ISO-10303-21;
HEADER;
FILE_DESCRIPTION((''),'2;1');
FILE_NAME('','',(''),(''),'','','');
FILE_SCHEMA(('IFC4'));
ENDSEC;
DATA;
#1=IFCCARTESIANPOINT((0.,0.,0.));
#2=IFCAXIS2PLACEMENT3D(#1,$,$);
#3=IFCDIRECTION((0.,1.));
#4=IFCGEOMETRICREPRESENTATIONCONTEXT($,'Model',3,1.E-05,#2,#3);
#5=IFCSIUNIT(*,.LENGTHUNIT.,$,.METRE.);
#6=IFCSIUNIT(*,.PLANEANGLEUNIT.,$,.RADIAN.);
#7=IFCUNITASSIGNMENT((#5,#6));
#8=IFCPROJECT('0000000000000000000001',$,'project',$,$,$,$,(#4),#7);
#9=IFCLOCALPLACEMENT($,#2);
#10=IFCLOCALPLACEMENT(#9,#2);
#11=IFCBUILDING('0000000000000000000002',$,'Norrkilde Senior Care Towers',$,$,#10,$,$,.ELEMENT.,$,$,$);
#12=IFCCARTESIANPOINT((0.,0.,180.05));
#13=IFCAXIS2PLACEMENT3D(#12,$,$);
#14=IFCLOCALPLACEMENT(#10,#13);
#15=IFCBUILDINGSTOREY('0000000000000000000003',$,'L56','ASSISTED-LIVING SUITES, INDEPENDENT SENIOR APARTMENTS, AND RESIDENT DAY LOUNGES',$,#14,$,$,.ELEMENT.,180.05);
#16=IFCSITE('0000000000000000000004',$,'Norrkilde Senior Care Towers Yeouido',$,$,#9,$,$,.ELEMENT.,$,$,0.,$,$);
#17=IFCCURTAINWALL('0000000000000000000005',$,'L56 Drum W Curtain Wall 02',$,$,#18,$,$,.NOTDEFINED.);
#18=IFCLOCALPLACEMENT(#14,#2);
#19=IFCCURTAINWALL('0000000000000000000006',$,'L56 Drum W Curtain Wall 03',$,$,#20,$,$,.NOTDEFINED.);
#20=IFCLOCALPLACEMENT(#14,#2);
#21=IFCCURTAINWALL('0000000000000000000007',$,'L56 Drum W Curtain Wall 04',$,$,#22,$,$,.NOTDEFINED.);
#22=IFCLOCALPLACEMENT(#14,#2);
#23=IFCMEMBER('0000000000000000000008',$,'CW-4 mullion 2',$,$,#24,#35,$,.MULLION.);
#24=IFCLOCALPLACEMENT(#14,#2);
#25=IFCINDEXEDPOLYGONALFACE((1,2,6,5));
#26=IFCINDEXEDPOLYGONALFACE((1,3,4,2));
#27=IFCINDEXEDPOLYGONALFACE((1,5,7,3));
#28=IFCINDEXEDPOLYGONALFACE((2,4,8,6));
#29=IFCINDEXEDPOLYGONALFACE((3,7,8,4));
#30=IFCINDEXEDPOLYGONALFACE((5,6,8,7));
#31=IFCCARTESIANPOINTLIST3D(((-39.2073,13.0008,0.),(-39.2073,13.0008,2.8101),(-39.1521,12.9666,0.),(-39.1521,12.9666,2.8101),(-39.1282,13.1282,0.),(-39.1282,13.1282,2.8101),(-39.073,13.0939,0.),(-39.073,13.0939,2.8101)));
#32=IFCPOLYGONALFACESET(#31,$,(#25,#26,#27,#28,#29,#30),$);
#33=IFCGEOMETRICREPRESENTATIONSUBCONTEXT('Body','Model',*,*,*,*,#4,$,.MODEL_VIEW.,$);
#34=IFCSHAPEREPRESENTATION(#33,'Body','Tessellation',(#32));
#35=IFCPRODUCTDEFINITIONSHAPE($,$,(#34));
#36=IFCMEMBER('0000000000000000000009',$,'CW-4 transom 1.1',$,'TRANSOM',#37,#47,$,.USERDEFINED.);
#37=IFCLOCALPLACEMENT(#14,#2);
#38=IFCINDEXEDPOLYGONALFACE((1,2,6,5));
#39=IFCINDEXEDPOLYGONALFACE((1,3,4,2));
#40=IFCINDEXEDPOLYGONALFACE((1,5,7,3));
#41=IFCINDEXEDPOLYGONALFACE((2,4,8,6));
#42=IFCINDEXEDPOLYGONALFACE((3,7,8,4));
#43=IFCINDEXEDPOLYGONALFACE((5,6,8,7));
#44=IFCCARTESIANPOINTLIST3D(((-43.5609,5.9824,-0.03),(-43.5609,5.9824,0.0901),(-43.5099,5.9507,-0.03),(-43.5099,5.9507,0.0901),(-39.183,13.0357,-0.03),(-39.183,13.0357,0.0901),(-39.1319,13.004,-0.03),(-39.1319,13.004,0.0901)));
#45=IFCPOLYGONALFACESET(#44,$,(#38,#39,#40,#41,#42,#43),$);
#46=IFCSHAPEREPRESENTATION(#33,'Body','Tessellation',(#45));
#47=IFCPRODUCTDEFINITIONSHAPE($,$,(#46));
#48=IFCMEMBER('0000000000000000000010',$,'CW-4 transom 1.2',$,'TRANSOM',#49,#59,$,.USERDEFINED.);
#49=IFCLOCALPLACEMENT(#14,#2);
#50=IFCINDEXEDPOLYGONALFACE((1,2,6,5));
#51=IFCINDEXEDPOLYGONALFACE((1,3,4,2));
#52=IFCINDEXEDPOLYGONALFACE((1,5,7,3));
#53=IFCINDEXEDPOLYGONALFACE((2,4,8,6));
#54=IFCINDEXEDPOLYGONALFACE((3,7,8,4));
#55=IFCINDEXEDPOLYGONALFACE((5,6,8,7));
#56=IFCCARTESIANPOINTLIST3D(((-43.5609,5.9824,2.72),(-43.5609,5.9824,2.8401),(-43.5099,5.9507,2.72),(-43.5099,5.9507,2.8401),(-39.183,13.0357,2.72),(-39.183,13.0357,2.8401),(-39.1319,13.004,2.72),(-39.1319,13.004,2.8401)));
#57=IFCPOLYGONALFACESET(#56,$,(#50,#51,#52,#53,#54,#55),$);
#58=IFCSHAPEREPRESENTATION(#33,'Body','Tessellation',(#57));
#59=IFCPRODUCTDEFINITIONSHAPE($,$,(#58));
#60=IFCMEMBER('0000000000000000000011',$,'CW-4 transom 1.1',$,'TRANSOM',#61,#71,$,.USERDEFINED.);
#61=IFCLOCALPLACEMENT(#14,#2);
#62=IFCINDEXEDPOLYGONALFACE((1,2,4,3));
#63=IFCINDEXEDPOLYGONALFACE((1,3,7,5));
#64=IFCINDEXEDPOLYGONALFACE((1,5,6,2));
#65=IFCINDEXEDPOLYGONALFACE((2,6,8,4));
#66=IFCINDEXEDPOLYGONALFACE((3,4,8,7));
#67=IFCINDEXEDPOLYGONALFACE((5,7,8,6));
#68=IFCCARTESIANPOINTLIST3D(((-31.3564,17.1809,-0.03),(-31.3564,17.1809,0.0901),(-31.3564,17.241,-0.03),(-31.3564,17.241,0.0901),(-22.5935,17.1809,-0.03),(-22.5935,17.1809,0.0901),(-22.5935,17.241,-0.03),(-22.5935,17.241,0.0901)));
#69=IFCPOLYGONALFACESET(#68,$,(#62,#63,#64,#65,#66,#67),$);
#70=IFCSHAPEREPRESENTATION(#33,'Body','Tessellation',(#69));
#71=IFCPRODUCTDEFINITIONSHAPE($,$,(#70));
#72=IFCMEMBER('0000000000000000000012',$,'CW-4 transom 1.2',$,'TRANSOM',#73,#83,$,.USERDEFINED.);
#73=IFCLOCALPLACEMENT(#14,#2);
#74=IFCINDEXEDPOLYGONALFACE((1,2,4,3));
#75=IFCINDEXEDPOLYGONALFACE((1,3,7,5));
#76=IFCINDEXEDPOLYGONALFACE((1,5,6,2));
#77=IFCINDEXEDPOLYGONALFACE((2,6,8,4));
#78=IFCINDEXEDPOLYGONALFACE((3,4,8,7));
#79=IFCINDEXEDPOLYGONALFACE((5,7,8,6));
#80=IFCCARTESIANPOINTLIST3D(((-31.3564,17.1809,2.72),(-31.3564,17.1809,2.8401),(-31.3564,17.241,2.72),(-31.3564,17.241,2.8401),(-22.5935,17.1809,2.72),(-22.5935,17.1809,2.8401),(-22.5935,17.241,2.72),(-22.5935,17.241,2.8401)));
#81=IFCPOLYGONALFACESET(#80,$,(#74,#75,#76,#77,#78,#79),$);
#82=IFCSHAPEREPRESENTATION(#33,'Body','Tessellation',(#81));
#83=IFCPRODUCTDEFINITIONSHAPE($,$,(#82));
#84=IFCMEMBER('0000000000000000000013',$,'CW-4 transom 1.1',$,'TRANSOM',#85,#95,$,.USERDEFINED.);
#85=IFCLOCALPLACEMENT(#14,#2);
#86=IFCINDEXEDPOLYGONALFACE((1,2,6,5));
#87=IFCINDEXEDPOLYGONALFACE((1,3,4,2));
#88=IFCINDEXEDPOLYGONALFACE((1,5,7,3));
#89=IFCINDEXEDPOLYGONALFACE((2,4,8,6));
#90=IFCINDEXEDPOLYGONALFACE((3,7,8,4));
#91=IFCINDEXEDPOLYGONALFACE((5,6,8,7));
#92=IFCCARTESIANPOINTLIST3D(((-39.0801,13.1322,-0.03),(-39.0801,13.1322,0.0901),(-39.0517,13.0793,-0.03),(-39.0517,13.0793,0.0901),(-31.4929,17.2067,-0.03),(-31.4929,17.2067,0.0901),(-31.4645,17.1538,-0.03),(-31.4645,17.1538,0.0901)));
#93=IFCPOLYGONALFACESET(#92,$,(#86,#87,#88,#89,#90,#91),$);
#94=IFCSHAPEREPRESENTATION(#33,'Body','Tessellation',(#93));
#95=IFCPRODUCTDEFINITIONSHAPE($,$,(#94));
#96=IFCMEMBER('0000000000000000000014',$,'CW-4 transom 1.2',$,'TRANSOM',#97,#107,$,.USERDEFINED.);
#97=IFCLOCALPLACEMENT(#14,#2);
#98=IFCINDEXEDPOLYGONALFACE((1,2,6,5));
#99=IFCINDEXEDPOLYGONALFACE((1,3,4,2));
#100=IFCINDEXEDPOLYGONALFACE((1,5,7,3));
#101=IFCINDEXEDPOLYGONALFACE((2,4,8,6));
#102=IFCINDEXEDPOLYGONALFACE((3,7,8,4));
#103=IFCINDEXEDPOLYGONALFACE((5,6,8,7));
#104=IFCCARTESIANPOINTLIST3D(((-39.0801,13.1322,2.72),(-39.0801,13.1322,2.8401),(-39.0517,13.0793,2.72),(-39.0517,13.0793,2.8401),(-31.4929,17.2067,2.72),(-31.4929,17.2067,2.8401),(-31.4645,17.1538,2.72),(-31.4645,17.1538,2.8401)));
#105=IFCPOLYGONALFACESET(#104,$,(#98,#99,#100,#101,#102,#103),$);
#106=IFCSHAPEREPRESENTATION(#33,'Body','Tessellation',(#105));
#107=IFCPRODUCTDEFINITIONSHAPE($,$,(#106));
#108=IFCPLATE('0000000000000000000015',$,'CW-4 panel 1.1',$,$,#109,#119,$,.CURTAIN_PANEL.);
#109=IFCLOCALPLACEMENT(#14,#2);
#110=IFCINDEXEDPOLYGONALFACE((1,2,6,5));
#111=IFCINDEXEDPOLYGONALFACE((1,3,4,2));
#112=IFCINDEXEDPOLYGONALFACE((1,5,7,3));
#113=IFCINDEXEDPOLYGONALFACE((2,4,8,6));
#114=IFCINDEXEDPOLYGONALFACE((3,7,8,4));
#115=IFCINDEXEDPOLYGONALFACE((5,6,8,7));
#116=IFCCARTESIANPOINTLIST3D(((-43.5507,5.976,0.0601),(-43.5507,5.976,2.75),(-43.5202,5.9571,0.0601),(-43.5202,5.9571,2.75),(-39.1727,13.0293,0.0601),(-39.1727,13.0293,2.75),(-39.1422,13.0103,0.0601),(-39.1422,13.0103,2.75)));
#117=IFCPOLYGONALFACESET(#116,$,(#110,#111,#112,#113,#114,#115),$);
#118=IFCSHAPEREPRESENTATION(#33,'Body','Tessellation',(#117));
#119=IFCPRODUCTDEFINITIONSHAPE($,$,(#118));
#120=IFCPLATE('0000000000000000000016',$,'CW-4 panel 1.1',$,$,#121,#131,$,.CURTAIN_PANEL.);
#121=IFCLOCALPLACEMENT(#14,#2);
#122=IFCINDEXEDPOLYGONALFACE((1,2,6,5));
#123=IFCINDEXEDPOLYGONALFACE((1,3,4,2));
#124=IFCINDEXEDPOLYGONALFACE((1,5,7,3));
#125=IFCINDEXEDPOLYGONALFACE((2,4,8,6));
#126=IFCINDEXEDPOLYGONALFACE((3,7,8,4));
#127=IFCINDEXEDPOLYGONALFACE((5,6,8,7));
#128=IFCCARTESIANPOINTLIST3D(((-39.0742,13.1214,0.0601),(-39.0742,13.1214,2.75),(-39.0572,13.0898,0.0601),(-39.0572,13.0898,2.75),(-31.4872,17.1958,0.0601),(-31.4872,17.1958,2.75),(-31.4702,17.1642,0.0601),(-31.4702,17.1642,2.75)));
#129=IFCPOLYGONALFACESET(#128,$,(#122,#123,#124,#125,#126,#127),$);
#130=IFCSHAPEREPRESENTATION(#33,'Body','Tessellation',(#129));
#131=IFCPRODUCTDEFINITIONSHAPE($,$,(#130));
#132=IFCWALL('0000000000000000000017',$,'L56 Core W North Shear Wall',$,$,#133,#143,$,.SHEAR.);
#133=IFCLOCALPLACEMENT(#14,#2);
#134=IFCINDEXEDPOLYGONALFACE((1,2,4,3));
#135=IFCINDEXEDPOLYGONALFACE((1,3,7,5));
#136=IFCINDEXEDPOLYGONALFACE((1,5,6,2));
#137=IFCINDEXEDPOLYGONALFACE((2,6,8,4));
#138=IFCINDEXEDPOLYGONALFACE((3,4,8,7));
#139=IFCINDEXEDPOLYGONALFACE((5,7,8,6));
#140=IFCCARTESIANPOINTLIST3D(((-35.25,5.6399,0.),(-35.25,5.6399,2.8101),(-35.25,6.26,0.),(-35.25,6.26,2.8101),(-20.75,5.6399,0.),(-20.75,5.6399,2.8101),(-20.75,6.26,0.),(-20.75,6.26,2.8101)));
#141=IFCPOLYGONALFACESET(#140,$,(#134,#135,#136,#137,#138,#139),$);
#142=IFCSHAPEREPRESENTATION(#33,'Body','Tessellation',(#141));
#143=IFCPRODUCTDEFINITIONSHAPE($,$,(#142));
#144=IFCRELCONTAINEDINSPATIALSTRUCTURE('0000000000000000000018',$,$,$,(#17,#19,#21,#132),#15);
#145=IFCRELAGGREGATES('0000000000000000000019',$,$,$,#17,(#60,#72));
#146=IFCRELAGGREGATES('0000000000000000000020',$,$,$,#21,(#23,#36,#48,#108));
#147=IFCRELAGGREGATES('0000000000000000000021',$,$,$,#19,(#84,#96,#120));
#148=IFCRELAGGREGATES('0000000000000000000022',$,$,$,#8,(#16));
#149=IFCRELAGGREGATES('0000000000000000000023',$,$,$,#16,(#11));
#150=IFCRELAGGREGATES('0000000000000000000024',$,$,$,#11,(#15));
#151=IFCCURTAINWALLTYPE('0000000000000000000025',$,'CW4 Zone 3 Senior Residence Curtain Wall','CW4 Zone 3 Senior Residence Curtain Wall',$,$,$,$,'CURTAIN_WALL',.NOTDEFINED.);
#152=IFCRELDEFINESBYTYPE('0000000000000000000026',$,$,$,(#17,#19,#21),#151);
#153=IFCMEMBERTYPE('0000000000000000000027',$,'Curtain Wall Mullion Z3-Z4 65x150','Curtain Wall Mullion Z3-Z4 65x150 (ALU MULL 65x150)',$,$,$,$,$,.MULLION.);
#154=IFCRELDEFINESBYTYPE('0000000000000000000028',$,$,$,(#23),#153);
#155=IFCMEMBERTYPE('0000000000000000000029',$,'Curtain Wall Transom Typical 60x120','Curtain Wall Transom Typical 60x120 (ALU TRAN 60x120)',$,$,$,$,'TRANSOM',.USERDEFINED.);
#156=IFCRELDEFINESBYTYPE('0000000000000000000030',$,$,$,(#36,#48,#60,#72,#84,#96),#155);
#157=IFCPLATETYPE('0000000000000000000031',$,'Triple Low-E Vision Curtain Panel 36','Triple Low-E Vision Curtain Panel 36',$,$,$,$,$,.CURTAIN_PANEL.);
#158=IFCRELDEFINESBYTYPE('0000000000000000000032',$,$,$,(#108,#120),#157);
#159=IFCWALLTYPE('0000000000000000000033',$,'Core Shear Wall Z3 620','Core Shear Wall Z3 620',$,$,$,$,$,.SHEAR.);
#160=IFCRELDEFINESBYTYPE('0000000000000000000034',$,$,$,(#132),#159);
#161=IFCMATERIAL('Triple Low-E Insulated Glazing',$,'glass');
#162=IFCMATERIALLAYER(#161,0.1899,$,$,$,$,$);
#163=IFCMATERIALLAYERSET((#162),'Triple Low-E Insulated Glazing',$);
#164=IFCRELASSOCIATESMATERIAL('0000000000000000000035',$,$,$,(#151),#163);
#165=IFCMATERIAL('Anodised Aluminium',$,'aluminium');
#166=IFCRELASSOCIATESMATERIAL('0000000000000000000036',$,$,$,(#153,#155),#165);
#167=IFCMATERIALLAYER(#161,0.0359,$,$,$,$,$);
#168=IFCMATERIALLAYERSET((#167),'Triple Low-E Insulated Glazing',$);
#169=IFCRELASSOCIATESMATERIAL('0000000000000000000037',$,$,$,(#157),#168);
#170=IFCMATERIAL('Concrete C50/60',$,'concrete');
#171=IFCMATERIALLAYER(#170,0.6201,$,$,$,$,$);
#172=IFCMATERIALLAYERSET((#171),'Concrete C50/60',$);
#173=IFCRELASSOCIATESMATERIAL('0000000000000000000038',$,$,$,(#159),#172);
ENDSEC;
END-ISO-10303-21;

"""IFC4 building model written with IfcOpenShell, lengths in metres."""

from ifc_helpers import new_model, si_unit, direction, frame, frame_2d, origin, origin_2d, place, context, subcontext, project, spatial, rectangle, extrude, source, transform, mapped, material, layer, layer_set, material_profile, profile_set, type_object, type_shapes, element, aggregate, save


model = new_model("IFC4")

# Units and contexts
model_context = context("Model", 3, precision=1e-05, world=origin(), true_north=direction((0.0, 1.0)))
body_context = subcontext(model_context, "Body", "Model", "MODEL_VIEW")
ifc_project = project(units=[si_unit("LENGTHUNIT", "METRE"), si_unit("PLANEANGLEUNIT", "RADIAN")], contexts=[model_context])

# Site, building, storey
site_placement = place(None, origin())
site = spatial("IfcSite", under=ifc_project, at=site_placement, Name="Norrkilde Senior Care Towers Yeouido", CompositionType="ELEMENT", RefElevation=0.0)
building_placement = place(site_placement, origin())
building = spatial("IfcBuilding", under=site, at=building_placement, Name="Norrkilde Senior Care Towers", CompositionType="ELEMENT")
storey_placement = place(building_placement, frame((0.0, 0.0, 180.05)))
storey = spatial("IfcBuildingStorey", under=building, at=storey_placement, Name="L56", Description="ASSISTED-LIVING SUITES, INDEPENDENT SENIOR APARTMENTS, AND RESIDENT DAY LOUNGES", CompositionType="ELEMENT", Elevation=180.05)

# Shared definitions
ifc_material_1 = material(Name="Concrete C50/60", Category="concrete")

# Curtain wall
ifc_material_2 = material(Name="Triple Low-E Insulated Glazing", Category="glass")
ifc_layer_1 = layer(ifc_material_2, 0.1899)
ifc_layer_set_1 = layer_set([ifc_layer_1], Name="Triple Low-E Insulated Glazing")
curtain_wall_type = type_object("IfcCurtainWallType", Name="CW4 Zone 3 Senior Residence Curtain Wall", Description="CW4 Zone 3 Senior Residence Curtain Wall", ElementType="CURTAIN_WALL", PredefinedType="NOTDEFINED", material=ifc_layer_set_1)
curtain_wall_1_placement = place(storey_placement, origin())
curtain_wall_1 = element("IfcCurtainWall", 1, at=curtain_wall_1_placement, inside=storey, type_object=curtain_wall_type, Name="L56 Drum W Curtain Wall 02", PredefinedType="NOTDEFINED")
ifc_material_3 = material(Name="Anodised Aluminium", Category="aluminium")
ifc_material_profile_1 = material_profile(ifc_material_3, rectangle(XDim=0.0649, YDim=0.1499, at=origin_2d()), Name="ALU MULL 65x150")
ifc_profile_set_1 = profile_set([ifc_material_profile_1], Name="Anodised Aluminium")
member_type_1 = type_object("IfcMemberType", Name="Curtain Wall Mullion Z3-Z4 65x150", Description="Curtain Wall Mullion Z3-Z4 65x150 (ALU MULL 65x150)", PredefinedType="MULLION", material=ifc_profile_set_1)
shared_shape_1 = source(origin(), body_context, "Body", "SweptSolid", [
    extrude(rectangle(XDim=0.0649, YDim=0.1499, at=origin_2d()), origin(), (0.0, 0.0, 1.0), 2.8101),
])
type_shapes(member_type_1, [shared_shape_1])

# Curtain walls, members
curtain_wall_2_placement = place(storey_placement, origin())
curtain_wall_2 = element("IfcCurtainWall", 2, at=curtain_wall_2_placement, inside=storey, type_object=curtain_wall_type, Name="L56 Drum W Curtain Wall 03", PredefinedType="NOTDEFINED")
curtain_wall_3_placement = place(storey_placement, origin())
curtain_wall_3 = element("IfcCurtainWall", 3, at=curtain_wall_3_placement, inside=storey, type_object=curtain_wall_type, Name="L56 Drum W Curtain Wall 04", PredefinedType="NOTDEFINED")
member_1_placement = place(storey_placement, frame((-39.1401, 13.0474, 0.0), z_axis=(0.0, 0.0, 1.0), x_axis=(-0.849634, 0.527373, 0.0)))
member_1 = element("IfcMember", 4, at=member_1_placement, type_object=member_type_1, Name="CW-4 mullion 2", PredefinedType="MULLION", context=body_context, shape_type="MappedRepresentation", body=[
    mapped(shared_shape_1, transform((0.0, 0.0, 0.0), x_axis=(1.0, 0.0, 0.0), y_axis=(0.0, 1.0, 0.0), z_axis=(0.0, 0.0, 1.0), scale=1.0)),
])
ifc_material_profile_2 = material_profile(ifc_material_3, rectangle(XDim=0.0601, YDim=0.1201, at=origin_2d()), Name="ALU TRAN 60x120")
ifc_profile_set_2 = profile_set([ifc_material_profile_2], Name="Anodised Aluminium")
member_type_2 = type_object("IfcMemberType", Name="Curtain Wall Transom Typical 60x120", Description="Curtain Wall Transom Typical 60x120 (ALU TRAN 60x120)", ElementType="TRANSOM", PredefinedType="USERDEFINED", material=ifc_profile_set_2)
shared_shape_2 = source(origin(), body_context, "Body", "SweptSolid", [
    extrude(rectangle(XDim=0.0601, YDim=0.1201, at=origin_2d()), origin(), (0.0, 0.0, 1.0), 8.3015),
])
member_2_placement = place(storey_placement, frame((-43.5354, 5.9666, 0.03), z_axis=(0.527369, 0.849637, 0.0), x_axis=(-0.849637, 0.527369, 0.0)))
member_2 = element("IfcMember", 5, at=member_2_placement, type_object=member_type_2, Name="CW-4 transom 1.1", ObjectType="TRANSOM", PredefinedType="USERDEFINED", context=body_context, shape_type="MappedRepresentation", body=[
    mapped(shared_shape_2, transform((0.0, 0.0, 0.0), x_axis=(1.0, 0.0, 0.0), y_axis=(0.0, 1.0, 0.0), z_axis=(0.0, 0.0, 1.0), scale=1.0)),
])
member_3_placement = place(storey_placement, frame((-43.5354, 5.9666, 2.78), z_axis=(0.527369, 0.849637, 0.0), x_axis=(-0.849637, 0.527369, 0.0)))
member_3 = element("IfcMember", 6, at=member_3_placement, type_object=member_type_2, Name="CW-4 transom 1.2", ObjectType="TRANSOM", PredefinedType="USERDEFINED", context=body_context, shape_type="MappedRepresentation", body=[
    mapped(shared_shape_2, transform((0.0, 0.0, 0.0), x_axis=(1.0, 0.0, 0.0), y_axis=(0.0, 1.0, 0.0), z_axis=(0.0, 0.0, 1.0), scale=1.0)),
])

# Members
shared_shape_3 = source(origin(), body_context, "Body", "SweptSolid", [
    extrude(rectangle(XDim=0.0601, YDim=0.1201, at=origin_2d()), origin(), (0.0, 0.0, 1.0), 8.7629),
])
member_4_placement = place(storey_placement, frame((-31.3564, 17.2109, 0.03), z_axis=(1.0, 0.0, 0.0), x_axis=(0.0, 1.0, 0.0)))
member_4 = element("IfcMember", 7, at=member_4_placement, type_object=member_type_2, Name="CW-4 transom 1.1", ObjectType="TRANSOM", PredefinedType="USERDEFINED", context=body_context, shape_type="MappedRepresentation", body=[
    mapped(shared_shape_3, transform((0.0, 0.0, 0.0), x_axis=(1.0, 0.0, 0.0), y_axis=(0.0, 1.0, 0.0), z_axis=(0.0, 0.0, 1.0), scale=1.0)),
])
member_5_placement = place(storey_placement, frame((-31.3564, 17.2109, 2.78), z_axis=(1.0, 0.0, 0.0), x_axis=(0.0, 1.0, 0.0)))
member_5 = element("IfcMember", 8, at=member_5_placement, type_object=member_type_2, Name="CW-4 transom 1.2", ObjectType="TRANSOM", PredefinedType="USERDEFINED", context=body_context, shape_type="MappedRepresentation", body=[
    mapped(shared_shape_3, transform((0.0, 0.0, 0.0), x_axis=(1.0, 0.0, 0.0), y_axis=(0.0, 1.0, 0.0), z_axis=(0.0, 0.0, 1.0), scale=1.0)),
])
aggregate(curtain_wall_1, [member_4, member_5])
shared_shape_4 = source(origin(), body_context, "Body", "SweptSolid", [
    extrude(rectangle(XDim=0.0601, YDim=0.1201, at=origin_2d()), origin(), (0.0, 0.0, 1.0), 8.6121),
])
type_shapes(member_type_2, [shared_shape_2, shared_shape_3, shared_shape_4])
member_6_placement = place(storey_placement, frame((-39.0659, 13.1057, 0.03), z_axis=(0.881, 0.473116, 0.0), x_axis=(-0.473116, 0.881, 0.0)))
member_6 = element("IfcMember", 9, at=member_6_placement, type_object=member_type_2, Name="CW-4 transom 1.1", ObjectType="TRANSOM", PredefinedType="USERDEFINED", context=body_context, shape_type="MappedRepresentation", body=[
    mapped(shared_shape_4, transform((0.0, 0.0, 0.0), x_axis=(1.0, 0.0, 0.0), y_axis=(0.0, 1.0, 0.0), z_axis=(0.0, 0.0, 1.0), scale=1.0)),
])
member_7_placement = place(storey_placement, frame((-39.0659, 13.1057, 2.78), z_axis=(0.881, 0.473116, 0.0), x_axis=(-0.473116, 0.881, 0.0)))
member_7 = element("IfcMember", 10, at=member_7_placement, type_object=member_type_2, Name="CW-4 transom 1.2", ObjectType="TRANSOM", PredefinedType="USERDEFINED", context=body_context, shape_type="MappedRepresentation", body=[
    mapped(shared_shape_4, transform((0.0, 0.0, 0.0), x_axis=(1.0, 0.0, 0.0), y_axis=(0.0, 1.0, 0.0), z_axis=(0.0, 0.0, 1.0), scale=1.0)),
])

# Plates
ifc_layer_2 = layer(ifc_material_2, 0.0359)
ifc_layer_set_2 = layer_set([ifc_layer_2], Name="Triple Low-E Insulated Glazing")
plate_type = type_object("IfcPlateType", Name="Triple Low-E Vision Curtain Panel 36", Description="Triple Low-E Vision Curtain Panel 36", PredefinedType="CURTAIN_PANEL", material=ifc_layer_set_2)
shared_shape_5 = source(origin(), body_context, "Body", "SweptSolid", [
    extrude(rectangle(XDim=8.3015, YDim=0.0359, at=origin_2d()), origin(), (0.0, 0.0, 1.0), 2.6899),
])
plate_1_placement = place(storey_placement, frame((-41.3464, 9.4932, 0.0601), z_axis=(0.0, 0.0, 1.0), x_axis=(0.527373, 0.849634, 0.0)))
plate_1 = element("IfcPlate", 11, at=plate_1_placement, type_object=plate_type, Name="CW-4 panel 1.1", PredefinedType="CURTAIN_PANEL", context=body_context, shape_type="MappedRepresentation", body=[
    mapped(shared_shape_5, transform((0.0, 0.0, 0.0), x_axis=(1.0, 0.0, 0.0), y_axis=(0.0, 1.0, 0.0), z_axis=(0.0, 0.0, 1.0), scale=1.0)),
])
aggregate(curtain_wall_3, [member_1, member_2, member_3, plate_1])
shared_shape_6 = source(origin(), body_context, "Body", "SweptSolid", [
    extrude(rectangle(XDim=8.6118, YDim=0.0359, at=origin_2d()), origin(), (0.0, 0.0, 1.0), 2.6899),
])
type_shapes(plate_type, [shared_shape_5, shared_shape_6])
plate_2_placement = place(storey_placement, frame((-35.2722, 15.1428, 0.0601), z_axis=(0.0, 0.0, 1.0), x_axis=(0.881, 0.473117, 0.0)))
plate_2 = element("IfcPlate", 12, at=plate_2_placement, type_object=plate_type, Name="CW-4 panel 1.1", PredefinedType="CURTAIN_PANEL", context=body_context, shape_type="MappedRepresentation", body=[
    mapped(shared_shape_6, transform((0.0, 0.0, 0.0), x_axis=(1.0, 0.0, 0.0), y_axis=(0.0, 1.0, 0.0), z_axis=(0.0, 0.0, 1.0), scale=1.0)),
])
aggregate(curtain_wall_2, [member_6, member_7, plate_2])

# Wall
ifc_layer_3 = layer(ifc_material_1, 0.6201)
ifc_layer_set_3 = layer_set([ifc_layer_3], Name="Concrete C50/60")
wall_type_1 = type_object("IfcWallType", Name="Core Shear Wall Z3 620", Description="Core Shear Wall Z3 620", PredefinedType="SHEAR", material=ifc_layer_set_3)
shared_shape_7 = source(origin(), body_context, "Body", "SweptSolid", [
    extrude(rectangle(XDim=14.5, YDim=0.6201, at=frame_2d((7.25, 0.0))), origin(), (0.0, 0.0, 1.0), 2.8101),
])
type_shapes(wall_type_1, [shared_shape_7])
wall_1_placement = place(storey_placement, frame((-35.25, 5.95, 0.0), z_axis=(0.0, 0.0, 1.0), x_axis=(1.0, 0.0, 0.0)))
element("IfcWall", 13, at=wall_1_placement, inside=storey, type_object=wall_type_1, Name="L56 Core W North Shear Wall", PredefinedType="SHEAR", context=body_context, shape_type="MappedRepresentation", body=[
    mapped(shared_shape_7, transform((0.0, 0.0, 0.0), x_axis=(1.0, 0.0, 0.0), y_axis=(0.0, 1.0, 0.0), z_axis=(0.0, 0.0, 1.0), scale=1.0)),
])

save(model, "model.ifc")
